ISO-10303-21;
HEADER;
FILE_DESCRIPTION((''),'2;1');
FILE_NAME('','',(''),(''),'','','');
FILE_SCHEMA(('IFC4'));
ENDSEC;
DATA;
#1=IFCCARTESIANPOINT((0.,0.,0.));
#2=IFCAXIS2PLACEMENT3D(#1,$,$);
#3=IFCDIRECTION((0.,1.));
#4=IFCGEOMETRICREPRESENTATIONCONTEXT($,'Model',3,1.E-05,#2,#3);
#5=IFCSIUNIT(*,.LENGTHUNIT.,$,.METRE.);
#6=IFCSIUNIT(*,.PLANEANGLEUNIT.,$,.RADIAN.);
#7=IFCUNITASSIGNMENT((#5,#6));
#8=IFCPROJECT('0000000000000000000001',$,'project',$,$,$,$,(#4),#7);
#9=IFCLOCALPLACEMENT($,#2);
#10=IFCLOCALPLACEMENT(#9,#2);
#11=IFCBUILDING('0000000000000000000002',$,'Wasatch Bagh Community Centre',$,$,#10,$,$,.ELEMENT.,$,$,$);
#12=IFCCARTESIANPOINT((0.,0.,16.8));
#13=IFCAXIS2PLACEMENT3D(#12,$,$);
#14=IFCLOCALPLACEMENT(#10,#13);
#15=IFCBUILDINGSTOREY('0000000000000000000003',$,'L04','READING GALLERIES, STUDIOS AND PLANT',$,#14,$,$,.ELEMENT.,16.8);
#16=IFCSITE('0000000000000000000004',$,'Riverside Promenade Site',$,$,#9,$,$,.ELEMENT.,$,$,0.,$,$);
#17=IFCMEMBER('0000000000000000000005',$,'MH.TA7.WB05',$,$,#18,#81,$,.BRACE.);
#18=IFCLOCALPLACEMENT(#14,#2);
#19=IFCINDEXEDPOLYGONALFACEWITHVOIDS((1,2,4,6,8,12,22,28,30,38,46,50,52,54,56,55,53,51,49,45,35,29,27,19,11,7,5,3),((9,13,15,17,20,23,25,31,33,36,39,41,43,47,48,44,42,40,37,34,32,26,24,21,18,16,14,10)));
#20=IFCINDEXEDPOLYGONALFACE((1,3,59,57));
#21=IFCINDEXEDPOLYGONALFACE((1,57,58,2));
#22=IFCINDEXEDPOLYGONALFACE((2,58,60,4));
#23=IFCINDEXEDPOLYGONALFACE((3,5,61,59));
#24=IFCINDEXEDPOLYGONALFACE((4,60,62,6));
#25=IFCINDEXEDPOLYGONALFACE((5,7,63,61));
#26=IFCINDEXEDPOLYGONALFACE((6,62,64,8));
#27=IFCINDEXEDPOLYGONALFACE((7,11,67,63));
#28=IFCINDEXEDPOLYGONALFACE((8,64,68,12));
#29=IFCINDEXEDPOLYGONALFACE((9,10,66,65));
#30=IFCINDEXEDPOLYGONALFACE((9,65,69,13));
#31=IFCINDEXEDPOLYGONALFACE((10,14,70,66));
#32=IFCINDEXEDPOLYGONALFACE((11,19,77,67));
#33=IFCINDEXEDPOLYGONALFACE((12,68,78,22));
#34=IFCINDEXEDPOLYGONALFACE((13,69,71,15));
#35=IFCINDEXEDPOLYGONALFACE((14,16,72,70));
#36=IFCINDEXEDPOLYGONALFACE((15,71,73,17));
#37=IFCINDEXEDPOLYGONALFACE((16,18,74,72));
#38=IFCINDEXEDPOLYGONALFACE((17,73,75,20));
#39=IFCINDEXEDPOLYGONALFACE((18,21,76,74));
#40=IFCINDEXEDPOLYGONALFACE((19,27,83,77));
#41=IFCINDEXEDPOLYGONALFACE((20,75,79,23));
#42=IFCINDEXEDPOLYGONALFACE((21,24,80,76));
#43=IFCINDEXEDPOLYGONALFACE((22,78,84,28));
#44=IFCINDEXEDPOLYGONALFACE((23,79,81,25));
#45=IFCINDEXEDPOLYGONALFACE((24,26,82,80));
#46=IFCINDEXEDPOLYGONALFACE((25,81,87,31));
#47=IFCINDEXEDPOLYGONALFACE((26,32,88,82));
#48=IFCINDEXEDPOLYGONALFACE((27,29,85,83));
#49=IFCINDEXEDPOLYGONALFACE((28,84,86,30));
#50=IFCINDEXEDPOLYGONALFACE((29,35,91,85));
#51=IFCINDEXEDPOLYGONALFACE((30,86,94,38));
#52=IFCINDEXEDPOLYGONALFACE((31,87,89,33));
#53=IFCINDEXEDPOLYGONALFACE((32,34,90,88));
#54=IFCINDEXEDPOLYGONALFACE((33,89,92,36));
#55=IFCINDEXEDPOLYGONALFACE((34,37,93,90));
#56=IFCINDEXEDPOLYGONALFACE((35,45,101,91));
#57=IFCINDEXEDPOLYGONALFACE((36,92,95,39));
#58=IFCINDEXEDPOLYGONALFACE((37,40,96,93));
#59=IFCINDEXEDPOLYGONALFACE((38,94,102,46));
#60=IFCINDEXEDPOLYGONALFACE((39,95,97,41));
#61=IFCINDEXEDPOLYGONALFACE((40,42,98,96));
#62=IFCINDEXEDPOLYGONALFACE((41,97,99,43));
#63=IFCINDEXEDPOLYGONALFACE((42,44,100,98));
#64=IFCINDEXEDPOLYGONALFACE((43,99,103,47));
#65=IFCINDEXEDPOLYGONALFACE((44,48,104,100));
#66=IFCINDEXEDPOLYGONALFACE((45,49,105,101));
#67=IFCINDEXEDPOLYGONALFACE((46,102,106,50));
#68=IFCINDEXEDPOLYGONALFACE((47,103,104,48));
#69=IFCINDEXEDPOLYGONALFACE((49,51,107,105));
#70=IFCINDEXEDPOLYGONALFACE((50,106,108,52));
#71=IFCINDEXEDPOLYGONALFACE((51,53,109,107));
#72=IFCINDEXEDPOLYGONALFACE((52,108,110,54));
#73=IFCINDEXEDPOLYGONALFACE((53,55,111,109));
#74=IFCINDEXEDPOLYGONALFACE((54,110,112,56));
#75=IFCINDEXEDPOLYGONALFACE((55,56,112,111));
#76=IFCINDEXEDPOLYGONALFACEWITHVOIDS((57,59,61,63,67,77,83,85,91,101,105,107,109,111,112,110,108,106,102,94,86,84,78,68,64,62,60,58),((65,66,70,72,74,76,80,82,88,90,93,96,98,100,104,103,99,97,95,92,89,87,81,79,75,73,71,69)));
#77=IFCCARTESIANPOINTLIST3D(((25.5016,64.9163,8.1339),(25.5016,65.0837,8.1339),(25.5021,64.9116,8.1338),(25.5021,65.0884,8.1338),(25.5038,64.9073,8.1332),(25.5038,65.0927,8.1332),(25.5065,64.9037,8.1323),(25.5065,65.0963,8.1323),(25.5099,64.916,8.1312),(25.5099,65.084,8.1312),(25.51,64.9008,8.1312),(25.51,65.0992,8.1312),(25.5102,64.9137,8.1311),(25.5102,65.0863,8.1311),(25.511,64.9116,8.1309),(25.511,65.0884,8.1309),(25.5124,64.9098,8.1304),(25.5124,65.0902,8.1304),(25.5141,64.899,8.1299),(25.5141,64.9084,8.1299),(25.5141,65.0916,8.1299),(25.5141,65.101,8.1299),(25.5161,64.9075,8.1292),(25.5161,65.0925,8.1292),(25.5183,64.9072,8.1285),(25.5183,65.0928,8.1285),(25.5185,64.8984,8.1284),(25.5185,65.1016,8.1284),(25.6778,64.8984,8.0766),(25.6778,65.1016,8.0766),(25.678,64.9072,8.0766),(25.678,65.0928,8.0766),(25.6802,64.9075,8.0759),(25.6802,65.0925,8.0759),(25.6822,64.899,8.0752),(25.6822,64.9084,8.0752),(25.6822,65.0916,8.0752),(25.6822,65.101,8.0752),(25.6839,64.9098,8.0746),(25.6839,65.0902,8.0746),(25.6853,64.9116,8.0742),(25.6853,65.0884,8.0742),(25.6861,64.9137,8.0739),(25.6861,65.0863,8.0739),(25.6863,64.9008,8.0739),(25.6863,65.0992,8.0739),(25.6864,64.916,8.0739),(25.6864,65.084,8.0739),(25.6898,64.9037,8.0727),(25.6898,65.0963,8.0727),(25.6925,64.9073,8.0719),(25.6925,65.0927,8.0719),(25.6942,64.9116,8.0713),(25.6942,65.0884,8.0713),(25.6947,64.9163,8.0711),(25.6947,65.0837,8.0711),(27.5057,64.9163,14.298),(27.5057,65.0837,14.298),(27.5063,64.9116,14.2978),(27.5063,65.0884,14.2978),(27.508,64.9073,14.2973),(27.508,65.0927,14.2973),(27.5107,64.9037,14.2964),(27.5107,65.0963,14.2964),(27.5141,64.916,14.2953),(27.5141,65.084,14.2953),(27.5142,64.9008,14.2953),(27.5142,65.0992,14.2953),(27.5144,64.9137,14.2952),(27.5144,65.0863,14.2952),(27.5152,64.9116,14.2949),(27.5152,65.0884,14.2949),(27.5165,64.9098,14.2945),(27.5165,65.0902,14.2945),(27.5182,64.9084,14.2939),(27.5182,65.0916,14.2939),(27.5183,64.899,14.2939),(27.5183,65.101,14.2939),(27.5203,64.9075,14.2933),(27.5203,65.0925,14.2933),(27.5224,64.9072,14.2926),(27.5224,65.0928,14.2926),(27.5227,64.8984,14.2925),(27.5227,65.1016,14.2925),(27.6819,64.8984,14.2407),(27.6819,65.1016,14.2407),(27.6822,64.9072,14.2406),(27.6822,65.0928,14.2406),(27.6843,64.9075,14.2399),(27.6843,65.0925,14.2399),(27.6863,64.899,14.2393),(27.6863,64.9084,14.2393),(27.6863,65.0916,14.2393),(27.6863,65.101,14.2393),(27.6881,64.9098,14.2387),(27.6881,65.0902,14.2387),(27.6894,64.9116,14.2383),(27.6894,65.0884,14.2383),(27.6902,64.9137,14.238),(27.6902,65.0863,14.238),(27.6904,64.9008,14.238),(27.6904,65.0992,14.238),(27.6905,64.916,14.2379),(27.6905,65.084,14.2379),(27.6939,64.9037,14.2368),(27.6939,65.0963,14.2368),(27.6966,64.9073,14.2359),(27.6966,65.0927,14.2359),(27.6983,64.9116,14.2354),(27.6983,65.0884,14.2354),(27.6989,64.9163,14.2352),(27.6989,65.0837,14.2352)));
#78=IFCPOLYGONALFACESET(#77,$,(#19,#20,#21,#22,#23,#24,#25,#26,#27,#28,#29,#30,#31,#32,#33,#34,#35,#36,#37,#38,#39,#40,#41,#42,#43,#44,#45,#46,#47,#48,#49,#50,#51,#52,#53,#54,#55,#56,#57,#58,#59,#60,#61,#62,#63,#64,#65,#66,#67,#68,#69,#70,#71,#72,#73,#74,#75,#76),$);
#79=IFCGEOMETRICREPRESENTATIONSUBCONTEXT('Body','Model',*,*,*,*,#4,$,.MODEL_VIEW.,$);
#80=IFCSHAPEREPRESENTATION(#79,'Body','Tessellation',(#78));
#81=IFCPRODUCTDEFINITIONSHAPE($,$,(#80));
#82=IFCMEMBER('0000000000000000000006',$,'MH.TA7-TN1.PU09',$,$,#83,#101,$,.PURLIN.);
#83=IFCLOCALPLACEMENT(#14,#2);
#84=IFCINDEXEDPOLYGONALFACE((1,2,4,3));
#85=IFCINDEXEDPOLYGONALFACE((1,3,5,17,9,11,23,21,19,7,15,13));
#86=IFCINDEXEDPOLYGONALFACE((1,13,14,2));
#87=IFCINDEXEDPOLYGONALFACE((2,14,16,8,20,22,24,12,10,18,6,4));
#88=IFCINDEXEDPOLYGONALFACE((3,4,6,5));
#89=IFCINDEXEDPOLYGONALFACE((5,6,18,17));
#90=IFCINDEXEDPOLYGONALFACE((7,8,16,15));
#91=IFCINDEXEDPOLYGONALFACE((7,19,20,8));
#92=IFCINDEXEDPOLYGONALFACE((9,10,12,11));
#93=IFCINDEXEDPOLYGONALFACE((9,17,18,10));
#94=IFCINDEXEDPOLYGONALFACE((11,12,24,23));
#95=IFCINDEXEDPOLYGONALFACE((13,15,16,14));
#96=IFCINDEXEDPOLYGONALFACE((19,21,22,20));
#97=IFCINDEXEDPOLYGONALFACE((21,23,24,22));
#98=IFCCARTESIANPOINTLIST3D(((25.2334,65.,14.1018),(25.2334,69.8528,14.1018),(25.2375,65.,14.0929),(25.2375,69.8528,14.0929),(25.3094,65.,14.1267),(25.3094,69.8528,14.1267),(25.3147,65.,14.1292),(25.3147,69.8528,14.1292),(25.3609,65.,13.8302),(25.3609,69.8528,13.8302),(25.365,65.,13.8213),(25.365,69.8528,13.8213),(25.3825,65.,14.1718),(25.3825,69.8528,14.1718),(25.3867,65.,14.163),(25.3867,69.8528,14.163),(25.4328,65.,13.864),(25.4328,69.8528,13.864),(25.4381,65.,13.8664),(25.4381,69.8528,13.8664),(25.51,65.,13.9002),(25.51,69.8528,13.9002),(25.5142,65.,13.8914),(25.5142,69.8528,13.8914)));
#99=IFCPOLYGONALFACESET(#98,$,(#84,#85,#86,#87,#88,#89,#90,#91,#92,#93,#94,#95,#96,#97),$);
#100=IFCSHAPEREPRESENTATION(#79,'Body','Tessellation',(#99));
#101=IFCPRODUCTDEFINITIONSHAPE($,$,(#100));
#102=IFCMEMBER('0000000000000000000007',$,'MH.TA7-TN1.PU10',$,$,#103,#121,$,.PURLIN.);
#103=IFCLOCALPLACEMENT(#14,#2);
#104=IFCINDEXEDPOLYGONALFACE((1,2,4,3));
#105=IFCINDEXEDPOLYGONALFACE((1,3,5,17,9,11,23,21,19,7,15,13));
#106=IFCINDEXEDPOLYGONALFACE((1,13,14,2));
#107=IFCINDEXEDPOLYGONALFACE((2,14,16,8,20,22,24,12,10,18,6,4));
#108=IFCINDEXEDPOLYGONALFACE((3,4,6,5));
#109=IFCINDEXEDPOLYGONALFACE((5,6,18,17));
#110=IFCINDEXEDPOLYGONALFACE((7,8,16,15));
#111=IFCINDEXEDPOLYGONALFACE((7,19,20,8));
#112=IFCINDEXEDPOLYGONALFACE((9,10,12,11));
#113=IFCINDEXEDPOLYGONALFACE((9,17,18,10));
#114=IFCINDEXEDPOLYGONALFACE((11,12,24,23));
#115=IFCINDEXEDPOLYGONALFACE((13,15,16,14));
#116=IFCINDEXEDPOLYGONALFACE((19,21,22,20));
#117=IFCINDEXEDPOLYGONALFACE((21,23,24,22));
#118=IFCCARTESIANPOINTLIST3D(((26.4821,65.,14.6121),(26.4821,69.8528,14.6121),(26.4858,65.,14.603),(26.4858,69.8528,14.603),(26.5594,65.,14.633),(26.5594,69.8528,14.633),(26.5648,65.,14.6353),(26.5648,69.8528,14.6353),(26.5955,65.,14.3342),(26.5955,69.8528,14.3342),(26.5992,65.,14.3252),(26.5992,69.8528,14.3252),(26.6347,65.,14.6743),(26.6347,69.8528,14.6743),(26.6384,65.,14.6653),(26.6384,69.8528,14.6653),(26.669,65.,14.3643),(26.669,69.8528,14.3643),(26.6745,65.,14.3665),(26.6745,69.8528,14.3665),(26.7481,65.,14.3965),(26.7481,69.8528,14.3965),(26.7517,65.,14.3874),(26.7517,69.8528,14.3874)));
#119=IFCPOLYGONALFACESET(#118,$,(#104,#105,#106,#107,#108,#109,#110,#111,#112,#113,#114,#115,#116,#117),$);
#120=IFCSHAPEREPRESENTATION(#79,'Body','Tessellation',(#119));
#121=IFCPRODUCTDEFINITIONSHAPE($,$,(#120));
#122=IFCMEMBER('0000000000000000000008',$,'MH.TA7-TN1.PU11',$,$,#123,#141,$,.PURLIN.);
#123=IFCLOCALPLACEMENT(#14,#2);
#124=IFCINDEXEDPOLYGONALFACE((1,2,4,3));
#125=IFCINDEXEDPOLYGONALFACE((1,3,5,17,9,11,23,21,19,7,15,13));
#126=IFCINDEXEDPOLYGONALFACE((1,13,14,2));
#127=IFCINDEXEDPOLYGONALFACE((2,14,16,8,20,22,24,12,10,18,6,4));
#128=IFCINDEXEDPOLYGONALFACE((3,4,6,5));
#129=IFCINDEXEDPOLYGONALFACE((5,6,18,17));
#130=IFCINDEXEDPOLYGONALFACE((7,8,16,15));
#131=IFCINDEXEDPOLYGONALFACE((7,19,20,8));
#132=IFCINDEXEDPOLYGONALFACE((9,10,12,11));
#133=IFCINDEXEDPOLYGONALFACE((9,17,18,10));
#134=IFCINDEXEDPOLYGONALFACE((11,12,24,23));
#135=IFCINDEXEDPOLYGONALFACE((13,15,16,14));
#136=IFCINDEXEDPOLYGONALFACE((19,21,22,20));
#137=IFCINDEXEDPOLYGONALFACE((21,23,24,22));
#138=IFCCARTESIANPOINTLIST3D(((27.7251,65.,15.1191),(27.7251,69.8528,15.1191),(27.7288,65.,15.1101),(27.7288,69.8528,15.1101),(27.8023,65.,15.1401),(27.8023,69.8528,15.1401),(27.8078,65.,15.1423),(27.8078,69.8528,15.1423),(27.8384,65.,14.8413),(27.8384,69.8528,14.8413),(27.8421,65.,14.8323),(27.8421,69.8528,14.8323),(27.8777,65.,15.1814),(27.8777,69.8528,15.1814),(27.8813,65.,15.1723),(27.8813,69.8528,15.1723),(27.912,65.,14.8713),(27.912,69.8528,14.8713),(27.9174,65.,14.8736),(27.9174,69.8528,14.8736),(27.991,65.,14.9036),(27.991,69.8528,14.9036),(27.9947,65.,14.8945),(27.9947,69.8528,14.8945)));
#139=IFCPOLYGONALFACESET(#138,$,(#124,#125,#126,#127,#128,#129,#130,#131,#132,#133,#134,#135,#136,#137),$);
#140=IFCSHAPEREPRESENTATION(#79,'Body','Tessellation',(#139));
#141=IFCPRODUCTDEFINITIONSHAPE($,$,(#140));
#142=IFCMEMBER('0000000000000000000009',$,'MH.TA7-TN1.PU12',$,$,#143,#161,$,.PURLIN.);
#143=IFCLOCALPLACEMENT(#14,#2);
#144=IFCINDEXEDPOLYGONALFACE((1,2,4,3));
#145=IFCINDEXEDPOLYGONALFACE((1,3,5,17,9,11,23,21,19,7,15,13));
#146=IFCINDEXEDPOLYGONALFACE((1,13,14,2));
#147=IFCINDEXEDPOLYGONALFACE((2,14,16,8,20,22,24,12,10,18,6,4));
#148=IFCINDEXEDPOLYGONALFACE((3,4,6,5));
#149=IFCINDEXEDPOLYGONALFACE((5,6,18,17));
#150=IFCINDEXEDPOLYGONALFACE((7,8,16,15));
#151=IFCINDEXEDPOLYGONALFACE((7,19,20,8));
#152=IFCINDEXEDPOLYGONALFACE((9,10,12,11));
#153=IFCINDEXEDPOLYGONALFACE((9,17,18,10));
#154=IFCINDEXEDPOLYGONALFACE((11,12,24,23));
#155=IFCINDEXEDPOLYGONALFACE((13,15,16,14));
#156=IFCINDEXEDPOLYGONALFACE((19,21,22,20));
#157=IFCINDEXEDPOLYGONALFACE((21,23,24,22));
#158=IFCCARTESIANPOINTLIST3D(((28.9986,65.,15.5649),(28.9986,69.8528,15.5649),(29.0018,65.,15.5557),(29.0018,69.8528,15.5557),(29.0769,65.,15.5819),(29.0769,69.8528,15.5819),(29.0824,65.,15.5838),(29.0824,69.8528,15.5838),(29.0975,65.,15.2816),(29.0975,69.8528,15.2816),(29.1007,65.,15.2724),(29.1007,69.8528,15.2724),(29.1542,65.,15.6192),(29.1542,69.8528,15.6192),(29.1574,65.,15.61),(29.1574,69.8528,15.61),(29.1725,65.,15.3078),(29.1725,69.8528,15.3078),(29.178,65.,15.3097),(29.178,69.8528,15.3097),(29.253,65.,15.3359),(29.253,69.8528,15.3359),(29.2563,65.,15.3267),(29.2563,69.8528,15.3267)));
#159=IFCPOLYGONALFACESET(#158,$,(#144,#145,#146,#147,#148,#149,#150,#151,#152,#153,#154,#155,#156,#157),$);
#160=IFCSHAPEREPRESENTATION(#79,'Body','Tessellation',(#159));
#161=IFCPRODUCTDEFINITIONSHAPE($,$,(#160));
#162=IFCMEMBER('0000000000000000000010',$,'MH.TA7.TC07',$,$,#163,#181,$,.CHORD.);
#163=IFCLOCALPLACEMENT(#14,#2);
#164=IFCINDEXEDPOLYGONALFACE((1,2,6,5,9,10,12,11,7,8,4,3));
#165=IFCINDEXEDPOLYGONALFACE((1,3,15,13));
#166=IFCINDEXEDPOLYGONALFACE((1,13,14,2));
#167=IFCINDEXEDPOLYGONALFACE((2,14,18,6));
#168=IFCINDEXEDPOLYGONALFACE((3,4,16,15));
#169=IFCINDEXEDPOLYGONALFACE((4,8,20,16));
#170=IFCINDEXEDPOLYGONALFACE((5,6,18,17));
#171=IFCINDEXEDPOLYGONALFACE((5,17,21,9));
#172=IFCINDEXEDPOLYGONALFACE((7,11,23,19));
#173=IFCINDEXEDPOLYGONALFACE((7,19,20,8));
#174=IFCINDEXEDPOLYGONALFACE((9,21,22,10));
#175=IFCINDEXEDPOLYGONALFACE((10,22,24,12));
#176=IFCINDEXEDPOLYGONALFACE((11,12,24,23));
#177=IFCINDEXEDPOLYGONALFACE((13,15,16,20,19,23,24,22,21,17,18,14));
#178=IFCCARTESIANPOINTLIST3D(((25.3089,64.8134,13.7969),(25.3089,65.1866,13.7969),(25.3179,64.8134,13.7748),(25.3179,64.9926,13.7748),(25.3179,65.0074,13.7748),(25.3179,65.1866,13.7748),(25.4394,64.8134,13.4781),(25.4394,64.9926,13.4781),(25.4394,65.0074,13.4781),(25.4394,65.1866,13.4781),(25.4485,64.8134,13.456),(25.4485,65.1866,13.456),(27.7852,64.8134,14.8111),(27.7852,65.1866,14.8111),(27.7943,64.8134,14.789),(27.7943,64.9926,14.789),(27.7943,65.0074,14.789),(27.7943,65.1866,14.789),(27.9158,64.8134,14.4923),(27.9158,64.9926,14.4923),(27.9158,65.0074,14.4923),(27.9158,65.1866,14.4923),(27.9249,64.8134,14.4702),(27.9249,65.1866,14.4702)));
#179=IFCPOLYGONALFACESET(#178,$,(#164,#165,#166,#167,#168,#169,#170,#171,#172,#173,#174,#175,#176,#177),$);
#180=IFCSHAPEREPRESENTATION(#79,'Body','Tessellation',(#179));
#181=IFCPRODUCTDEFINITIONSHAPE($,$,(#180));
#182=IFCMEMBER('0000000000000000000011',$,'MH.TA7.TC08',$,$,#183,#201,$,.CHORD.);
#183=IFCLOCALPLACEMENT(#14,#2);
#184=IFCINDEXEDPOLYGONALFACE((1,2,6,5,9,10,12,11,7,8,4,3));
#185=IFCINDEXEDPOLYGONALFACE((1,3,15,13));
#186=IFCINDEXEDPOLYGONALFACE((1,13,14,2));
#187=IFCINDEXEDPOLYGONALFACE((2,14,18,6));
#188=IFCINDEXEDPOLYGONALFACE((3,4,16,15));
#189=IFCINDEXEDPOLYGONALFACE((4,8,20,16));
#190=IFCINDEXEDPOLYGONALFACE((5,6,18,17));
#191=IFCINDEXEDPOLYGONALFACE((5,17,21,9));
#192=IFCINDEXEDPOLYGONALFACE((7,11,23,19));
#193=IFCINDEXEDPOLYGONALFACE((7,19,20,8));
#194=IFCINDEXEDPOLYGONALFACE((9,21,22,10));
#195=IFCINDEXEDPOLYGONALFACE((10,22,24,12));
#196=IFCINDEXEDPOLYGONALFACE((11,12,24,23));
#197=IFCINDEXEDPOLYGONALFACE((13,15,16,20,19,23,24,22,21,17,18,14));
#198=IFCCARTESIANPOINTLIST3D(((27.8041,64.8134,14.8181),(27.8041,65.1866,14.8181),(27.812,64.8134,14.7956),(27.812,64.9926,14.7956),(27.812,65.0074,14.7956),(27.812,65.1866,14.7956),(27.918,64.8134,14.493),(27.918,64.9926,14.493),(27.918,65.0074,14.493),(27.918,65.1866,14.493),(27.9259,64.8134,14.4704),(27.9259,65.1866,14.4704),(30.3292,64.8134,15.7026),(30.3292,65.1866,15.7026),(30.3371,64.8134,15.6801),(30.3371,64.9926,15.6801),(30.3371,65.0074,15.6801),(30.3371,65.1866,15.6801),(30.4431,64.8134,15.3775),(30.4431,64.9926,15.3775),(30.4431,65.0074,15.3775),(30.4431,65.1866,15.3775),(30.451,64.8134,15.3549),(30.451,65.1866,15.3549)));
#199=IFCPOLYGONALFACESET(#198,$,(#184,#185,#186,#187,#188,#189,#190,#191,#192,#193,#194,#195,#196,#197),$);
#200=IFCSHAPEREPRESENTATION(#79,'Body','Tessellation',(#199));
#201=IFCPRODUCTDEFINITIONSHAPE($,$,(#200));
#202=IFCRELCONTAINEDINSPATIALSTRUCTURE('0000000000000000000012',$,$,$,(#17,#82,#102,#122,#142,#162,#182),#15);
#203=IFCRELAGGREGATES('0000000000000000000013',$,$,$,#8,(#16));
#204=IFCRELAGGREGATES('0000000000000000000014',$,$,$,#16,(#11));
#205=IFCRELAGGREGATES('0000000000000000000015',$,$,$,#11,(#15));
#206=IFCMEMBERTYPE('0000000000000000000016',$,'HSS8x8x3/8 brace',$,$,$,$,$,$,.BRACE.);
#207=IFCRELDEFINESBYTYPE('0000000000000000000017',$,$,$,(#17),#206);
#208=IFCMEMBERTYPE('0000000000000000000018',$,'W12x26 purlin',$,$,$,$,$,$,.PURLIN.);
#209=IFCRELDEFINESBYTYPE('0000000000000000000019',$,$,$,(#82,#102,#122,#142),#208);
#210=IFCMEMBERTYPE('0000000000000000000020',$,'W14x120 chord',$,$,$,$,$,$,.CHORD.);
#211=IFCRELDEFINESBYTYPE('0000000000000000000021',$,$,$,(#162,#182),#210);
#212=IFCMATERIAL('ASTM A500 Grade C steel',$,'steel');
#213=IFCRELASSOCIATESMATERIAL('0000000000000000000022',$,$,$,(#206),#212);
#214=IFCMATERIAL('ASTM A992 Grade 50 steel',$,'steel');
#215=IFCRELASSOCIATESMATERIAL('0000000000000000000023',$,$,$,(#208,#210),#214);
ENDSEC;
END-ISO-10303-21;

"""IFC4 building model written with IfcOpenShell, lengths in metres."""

from ifc_helpers import new_model, si_unit, direction, frame, origin, origin_2d, place, context, subcontext, project, spatial, hollow_rectangle, i_section, extrude, material, material_profile, profile_set, type_object, element, save


model = new_model("IFC4")

# Units and contexts
model_context = context("Model", 3, precision=1e-05, world=origin(), true_north=direction((0.0, 1.0)))
body_context = subcontext(model_context, "Body", "Model", "MODEL_VIEW")
ifc_project = project(units=[si_unit("LENGTHUNIT", "METRE"), si_unit("PLANEANGLEUNIT", "RADIAN")], contexts=[model_context])

# Site, building, storey
site_placement = place(None, origin())
site = spatial("IfcSite", under=ifc_project, at=site_placement, Name="Riverside Promenade Site", CompositionType="ELEMENT", RefElevation=0.0)
building_placement = place(site_placement, origin())
building = spatial("IfcBuilding", under=site, at=building_placement, Name="Wasatch Bagh Community Centre", CompositionType="ELEMENT")
storey_placement = place(building_placement, frame((0.0, 0.0, 16.8)))
storey = spatial("IfcBuildingStorey", under=building, at=storey_placement, Name="L04", Description="READING GALLERIES, STUDIOS AND PLANT", CompositionType="ELEMENT", Elevation=16.8)

# Members
ifc_material_1 = material(Name="ASTM A500 Grade C steel", Category="steel")
ifc_material_profile_1 = material_profile(ifc_material_1, hollow_rectangle(XDim=0.2031, YDim=0.2031, WallThickness=0.0088, InnerFilletRadius=0.0088, OuterFilletRadius=0.0178, at=origin_2d()), Name="HSS8x8x3/8")
ifc_profile_set_1 = profile_set([ifc_material_profile_1], Name="ASTM A500 Grade C steel")
member_type_1 = type_object("IfcMemberType", Name="HSS8x8x3/8 brace", PredefinedType="BRACE", material=ifc_profile_set_1)
member_1_placement = place(storey_placement, frame((25.5981, 65.0, 8.1025), z_axis=(0.309202, 0.0, 0.950996), x_axis=(0.0, 1.0, 0.0)))
element("IfcMember", 1, at=member_1_placement, inside=storey, type_object=member_type_1, Name="MH.TA7.WB05", PredefinedType="BRACE", context=body_context, shape_type="SweptSolid", body=[
    extrude(hollow_rectangle(XDim=0.2031, YDim=0.2031, WallThickness=0.0088, InnerFilletRadius=0.0088, OuterFilletRadius=0.0178, at=origin_2d()), origin(), (0.0, 0.0, 1.0), 6.4817),
])
ifc_material_2 = material(Name="ASTM A992 Grade 50 steel", Category="steel")
ifc_material_profile_2 = material_profile(ifc_material_2, i_section(OverallWidth=0.1648, OverallDepth=0.3098, WebThickness=0.0059, FlangeThickness=0.0098, at=origin_2d()), Name="W12x26")
ifc_profile_set_2 = profile_set([ifc_material_profile_2], Name="ASTM A992 Grade 50 steel")
member_type_2 = type_object("IfcMemberType", Name="W12x26 purlin", PredefinedType="PURLIN", material=ifc_profile_set_2)
for number, where, z_axis, x_axis, name in (
    (2, (25.3738, 65.0, 13.9966), (0.0, 1.0, 0.0), (-0.905205, 0.0, -0.424976), "MH.TA7-TN1.PU09"),
    (3, (26.6169, 65.0, 14.4998), (0.0, 1.0, 0.0), (-0.925934, 0.0, -0.377686), "MH.TA7-TN1.PU10"),
    (4, (27.8599, 65.0, 15.0068), (0.0, 1.0, 0.0), (-0.925934, 0.0, -0.377686), "MH.TA7-TN1.PU11"),
    (5, (29.1274, 65.0, 15.4458), (0.0, 1.0, 0.0), (-0.944194, 0.0, -0.329389), "MH.TA7-TN1.PU12"),
):
    element("IfcMember", number, at=place(storey_placement, frame(where, z_axis=z_axis, x_axis=x_axis)), inside=storey, type_object=member_type_2, Name=name, PredefinedType="PURLIN", context=body_context, shape_type="SweptSolid", body=[
        extrude(i_section(OverallWidth=0.1648, OverallDepth=0.3098, WebThickness=0.0059, FlangeThickness=0.0098, at=origin_2d()), origin(), (0.0, 0.0, 1.0), 4.8528),
    ])
ifc_material_profile_3 = material_profile(ifc_material_2, i_section(OverallWidth=0.3733, OverallDepth=0.3684, WebThickness=0.0149, FlangeThickness=0.0239, at=origin_2d()), Name="W14x120")
ifc_profile_set_3 = profile_set([ifc_material_profile_3], Name="ASTM A992 Grade 50 steel")
member_type_3 = type_object("IfcMemberType", Name="W14x120 chord", PredefinedType="CHORD", material=ifc_profile_set_3)
member_2_placement = place(storey_placement, frame((25.3787, 65.0, 13.6265), z_axis=(0.9254, 0.0, 0.378992), x_axis=(0.0, 1.0, 0.0)))
element("IfcMember", 6, at=member_2_placement, inside=storey, type_object=member_type_3, Name="MH.TA7.TC07", PredefinedType="CHORD", context=body_context, shape_type="SweptSolid", body=[
    extrude(i_section(OverallWidth=0.3733, OverallDepth=0.3684, WebThickness=0.0149, FlangeThickness=0.0239, at=origin_2d()), origin(), (0.0, 0.0, 1.0), 2.676),
])
member_3_placement = place(storey_placement, frame((27.865, 65.0, 14.6443), z_axis=(0.943774, 0.0, 0.33059), x_axis=(0.0, 1.0, 0.0)))
element("IfcMember", 7, at=member_3_placement, inside=storey, type_object=member_type_3, Name="MH.TA7.TC08", PredefinedType="CHORD", context=body_context, shape_type="SweptSolid", body=[
    extrude(i_section(OverallWidth=0.3733, OverallDepth=0.3684, WebThickness=0.0149, FlangeThickness=0.0239, at=origin_2d()), origin(), (0.0, 0.0, 1.0), 2.6755),
])

save(model, "model.ifc")
